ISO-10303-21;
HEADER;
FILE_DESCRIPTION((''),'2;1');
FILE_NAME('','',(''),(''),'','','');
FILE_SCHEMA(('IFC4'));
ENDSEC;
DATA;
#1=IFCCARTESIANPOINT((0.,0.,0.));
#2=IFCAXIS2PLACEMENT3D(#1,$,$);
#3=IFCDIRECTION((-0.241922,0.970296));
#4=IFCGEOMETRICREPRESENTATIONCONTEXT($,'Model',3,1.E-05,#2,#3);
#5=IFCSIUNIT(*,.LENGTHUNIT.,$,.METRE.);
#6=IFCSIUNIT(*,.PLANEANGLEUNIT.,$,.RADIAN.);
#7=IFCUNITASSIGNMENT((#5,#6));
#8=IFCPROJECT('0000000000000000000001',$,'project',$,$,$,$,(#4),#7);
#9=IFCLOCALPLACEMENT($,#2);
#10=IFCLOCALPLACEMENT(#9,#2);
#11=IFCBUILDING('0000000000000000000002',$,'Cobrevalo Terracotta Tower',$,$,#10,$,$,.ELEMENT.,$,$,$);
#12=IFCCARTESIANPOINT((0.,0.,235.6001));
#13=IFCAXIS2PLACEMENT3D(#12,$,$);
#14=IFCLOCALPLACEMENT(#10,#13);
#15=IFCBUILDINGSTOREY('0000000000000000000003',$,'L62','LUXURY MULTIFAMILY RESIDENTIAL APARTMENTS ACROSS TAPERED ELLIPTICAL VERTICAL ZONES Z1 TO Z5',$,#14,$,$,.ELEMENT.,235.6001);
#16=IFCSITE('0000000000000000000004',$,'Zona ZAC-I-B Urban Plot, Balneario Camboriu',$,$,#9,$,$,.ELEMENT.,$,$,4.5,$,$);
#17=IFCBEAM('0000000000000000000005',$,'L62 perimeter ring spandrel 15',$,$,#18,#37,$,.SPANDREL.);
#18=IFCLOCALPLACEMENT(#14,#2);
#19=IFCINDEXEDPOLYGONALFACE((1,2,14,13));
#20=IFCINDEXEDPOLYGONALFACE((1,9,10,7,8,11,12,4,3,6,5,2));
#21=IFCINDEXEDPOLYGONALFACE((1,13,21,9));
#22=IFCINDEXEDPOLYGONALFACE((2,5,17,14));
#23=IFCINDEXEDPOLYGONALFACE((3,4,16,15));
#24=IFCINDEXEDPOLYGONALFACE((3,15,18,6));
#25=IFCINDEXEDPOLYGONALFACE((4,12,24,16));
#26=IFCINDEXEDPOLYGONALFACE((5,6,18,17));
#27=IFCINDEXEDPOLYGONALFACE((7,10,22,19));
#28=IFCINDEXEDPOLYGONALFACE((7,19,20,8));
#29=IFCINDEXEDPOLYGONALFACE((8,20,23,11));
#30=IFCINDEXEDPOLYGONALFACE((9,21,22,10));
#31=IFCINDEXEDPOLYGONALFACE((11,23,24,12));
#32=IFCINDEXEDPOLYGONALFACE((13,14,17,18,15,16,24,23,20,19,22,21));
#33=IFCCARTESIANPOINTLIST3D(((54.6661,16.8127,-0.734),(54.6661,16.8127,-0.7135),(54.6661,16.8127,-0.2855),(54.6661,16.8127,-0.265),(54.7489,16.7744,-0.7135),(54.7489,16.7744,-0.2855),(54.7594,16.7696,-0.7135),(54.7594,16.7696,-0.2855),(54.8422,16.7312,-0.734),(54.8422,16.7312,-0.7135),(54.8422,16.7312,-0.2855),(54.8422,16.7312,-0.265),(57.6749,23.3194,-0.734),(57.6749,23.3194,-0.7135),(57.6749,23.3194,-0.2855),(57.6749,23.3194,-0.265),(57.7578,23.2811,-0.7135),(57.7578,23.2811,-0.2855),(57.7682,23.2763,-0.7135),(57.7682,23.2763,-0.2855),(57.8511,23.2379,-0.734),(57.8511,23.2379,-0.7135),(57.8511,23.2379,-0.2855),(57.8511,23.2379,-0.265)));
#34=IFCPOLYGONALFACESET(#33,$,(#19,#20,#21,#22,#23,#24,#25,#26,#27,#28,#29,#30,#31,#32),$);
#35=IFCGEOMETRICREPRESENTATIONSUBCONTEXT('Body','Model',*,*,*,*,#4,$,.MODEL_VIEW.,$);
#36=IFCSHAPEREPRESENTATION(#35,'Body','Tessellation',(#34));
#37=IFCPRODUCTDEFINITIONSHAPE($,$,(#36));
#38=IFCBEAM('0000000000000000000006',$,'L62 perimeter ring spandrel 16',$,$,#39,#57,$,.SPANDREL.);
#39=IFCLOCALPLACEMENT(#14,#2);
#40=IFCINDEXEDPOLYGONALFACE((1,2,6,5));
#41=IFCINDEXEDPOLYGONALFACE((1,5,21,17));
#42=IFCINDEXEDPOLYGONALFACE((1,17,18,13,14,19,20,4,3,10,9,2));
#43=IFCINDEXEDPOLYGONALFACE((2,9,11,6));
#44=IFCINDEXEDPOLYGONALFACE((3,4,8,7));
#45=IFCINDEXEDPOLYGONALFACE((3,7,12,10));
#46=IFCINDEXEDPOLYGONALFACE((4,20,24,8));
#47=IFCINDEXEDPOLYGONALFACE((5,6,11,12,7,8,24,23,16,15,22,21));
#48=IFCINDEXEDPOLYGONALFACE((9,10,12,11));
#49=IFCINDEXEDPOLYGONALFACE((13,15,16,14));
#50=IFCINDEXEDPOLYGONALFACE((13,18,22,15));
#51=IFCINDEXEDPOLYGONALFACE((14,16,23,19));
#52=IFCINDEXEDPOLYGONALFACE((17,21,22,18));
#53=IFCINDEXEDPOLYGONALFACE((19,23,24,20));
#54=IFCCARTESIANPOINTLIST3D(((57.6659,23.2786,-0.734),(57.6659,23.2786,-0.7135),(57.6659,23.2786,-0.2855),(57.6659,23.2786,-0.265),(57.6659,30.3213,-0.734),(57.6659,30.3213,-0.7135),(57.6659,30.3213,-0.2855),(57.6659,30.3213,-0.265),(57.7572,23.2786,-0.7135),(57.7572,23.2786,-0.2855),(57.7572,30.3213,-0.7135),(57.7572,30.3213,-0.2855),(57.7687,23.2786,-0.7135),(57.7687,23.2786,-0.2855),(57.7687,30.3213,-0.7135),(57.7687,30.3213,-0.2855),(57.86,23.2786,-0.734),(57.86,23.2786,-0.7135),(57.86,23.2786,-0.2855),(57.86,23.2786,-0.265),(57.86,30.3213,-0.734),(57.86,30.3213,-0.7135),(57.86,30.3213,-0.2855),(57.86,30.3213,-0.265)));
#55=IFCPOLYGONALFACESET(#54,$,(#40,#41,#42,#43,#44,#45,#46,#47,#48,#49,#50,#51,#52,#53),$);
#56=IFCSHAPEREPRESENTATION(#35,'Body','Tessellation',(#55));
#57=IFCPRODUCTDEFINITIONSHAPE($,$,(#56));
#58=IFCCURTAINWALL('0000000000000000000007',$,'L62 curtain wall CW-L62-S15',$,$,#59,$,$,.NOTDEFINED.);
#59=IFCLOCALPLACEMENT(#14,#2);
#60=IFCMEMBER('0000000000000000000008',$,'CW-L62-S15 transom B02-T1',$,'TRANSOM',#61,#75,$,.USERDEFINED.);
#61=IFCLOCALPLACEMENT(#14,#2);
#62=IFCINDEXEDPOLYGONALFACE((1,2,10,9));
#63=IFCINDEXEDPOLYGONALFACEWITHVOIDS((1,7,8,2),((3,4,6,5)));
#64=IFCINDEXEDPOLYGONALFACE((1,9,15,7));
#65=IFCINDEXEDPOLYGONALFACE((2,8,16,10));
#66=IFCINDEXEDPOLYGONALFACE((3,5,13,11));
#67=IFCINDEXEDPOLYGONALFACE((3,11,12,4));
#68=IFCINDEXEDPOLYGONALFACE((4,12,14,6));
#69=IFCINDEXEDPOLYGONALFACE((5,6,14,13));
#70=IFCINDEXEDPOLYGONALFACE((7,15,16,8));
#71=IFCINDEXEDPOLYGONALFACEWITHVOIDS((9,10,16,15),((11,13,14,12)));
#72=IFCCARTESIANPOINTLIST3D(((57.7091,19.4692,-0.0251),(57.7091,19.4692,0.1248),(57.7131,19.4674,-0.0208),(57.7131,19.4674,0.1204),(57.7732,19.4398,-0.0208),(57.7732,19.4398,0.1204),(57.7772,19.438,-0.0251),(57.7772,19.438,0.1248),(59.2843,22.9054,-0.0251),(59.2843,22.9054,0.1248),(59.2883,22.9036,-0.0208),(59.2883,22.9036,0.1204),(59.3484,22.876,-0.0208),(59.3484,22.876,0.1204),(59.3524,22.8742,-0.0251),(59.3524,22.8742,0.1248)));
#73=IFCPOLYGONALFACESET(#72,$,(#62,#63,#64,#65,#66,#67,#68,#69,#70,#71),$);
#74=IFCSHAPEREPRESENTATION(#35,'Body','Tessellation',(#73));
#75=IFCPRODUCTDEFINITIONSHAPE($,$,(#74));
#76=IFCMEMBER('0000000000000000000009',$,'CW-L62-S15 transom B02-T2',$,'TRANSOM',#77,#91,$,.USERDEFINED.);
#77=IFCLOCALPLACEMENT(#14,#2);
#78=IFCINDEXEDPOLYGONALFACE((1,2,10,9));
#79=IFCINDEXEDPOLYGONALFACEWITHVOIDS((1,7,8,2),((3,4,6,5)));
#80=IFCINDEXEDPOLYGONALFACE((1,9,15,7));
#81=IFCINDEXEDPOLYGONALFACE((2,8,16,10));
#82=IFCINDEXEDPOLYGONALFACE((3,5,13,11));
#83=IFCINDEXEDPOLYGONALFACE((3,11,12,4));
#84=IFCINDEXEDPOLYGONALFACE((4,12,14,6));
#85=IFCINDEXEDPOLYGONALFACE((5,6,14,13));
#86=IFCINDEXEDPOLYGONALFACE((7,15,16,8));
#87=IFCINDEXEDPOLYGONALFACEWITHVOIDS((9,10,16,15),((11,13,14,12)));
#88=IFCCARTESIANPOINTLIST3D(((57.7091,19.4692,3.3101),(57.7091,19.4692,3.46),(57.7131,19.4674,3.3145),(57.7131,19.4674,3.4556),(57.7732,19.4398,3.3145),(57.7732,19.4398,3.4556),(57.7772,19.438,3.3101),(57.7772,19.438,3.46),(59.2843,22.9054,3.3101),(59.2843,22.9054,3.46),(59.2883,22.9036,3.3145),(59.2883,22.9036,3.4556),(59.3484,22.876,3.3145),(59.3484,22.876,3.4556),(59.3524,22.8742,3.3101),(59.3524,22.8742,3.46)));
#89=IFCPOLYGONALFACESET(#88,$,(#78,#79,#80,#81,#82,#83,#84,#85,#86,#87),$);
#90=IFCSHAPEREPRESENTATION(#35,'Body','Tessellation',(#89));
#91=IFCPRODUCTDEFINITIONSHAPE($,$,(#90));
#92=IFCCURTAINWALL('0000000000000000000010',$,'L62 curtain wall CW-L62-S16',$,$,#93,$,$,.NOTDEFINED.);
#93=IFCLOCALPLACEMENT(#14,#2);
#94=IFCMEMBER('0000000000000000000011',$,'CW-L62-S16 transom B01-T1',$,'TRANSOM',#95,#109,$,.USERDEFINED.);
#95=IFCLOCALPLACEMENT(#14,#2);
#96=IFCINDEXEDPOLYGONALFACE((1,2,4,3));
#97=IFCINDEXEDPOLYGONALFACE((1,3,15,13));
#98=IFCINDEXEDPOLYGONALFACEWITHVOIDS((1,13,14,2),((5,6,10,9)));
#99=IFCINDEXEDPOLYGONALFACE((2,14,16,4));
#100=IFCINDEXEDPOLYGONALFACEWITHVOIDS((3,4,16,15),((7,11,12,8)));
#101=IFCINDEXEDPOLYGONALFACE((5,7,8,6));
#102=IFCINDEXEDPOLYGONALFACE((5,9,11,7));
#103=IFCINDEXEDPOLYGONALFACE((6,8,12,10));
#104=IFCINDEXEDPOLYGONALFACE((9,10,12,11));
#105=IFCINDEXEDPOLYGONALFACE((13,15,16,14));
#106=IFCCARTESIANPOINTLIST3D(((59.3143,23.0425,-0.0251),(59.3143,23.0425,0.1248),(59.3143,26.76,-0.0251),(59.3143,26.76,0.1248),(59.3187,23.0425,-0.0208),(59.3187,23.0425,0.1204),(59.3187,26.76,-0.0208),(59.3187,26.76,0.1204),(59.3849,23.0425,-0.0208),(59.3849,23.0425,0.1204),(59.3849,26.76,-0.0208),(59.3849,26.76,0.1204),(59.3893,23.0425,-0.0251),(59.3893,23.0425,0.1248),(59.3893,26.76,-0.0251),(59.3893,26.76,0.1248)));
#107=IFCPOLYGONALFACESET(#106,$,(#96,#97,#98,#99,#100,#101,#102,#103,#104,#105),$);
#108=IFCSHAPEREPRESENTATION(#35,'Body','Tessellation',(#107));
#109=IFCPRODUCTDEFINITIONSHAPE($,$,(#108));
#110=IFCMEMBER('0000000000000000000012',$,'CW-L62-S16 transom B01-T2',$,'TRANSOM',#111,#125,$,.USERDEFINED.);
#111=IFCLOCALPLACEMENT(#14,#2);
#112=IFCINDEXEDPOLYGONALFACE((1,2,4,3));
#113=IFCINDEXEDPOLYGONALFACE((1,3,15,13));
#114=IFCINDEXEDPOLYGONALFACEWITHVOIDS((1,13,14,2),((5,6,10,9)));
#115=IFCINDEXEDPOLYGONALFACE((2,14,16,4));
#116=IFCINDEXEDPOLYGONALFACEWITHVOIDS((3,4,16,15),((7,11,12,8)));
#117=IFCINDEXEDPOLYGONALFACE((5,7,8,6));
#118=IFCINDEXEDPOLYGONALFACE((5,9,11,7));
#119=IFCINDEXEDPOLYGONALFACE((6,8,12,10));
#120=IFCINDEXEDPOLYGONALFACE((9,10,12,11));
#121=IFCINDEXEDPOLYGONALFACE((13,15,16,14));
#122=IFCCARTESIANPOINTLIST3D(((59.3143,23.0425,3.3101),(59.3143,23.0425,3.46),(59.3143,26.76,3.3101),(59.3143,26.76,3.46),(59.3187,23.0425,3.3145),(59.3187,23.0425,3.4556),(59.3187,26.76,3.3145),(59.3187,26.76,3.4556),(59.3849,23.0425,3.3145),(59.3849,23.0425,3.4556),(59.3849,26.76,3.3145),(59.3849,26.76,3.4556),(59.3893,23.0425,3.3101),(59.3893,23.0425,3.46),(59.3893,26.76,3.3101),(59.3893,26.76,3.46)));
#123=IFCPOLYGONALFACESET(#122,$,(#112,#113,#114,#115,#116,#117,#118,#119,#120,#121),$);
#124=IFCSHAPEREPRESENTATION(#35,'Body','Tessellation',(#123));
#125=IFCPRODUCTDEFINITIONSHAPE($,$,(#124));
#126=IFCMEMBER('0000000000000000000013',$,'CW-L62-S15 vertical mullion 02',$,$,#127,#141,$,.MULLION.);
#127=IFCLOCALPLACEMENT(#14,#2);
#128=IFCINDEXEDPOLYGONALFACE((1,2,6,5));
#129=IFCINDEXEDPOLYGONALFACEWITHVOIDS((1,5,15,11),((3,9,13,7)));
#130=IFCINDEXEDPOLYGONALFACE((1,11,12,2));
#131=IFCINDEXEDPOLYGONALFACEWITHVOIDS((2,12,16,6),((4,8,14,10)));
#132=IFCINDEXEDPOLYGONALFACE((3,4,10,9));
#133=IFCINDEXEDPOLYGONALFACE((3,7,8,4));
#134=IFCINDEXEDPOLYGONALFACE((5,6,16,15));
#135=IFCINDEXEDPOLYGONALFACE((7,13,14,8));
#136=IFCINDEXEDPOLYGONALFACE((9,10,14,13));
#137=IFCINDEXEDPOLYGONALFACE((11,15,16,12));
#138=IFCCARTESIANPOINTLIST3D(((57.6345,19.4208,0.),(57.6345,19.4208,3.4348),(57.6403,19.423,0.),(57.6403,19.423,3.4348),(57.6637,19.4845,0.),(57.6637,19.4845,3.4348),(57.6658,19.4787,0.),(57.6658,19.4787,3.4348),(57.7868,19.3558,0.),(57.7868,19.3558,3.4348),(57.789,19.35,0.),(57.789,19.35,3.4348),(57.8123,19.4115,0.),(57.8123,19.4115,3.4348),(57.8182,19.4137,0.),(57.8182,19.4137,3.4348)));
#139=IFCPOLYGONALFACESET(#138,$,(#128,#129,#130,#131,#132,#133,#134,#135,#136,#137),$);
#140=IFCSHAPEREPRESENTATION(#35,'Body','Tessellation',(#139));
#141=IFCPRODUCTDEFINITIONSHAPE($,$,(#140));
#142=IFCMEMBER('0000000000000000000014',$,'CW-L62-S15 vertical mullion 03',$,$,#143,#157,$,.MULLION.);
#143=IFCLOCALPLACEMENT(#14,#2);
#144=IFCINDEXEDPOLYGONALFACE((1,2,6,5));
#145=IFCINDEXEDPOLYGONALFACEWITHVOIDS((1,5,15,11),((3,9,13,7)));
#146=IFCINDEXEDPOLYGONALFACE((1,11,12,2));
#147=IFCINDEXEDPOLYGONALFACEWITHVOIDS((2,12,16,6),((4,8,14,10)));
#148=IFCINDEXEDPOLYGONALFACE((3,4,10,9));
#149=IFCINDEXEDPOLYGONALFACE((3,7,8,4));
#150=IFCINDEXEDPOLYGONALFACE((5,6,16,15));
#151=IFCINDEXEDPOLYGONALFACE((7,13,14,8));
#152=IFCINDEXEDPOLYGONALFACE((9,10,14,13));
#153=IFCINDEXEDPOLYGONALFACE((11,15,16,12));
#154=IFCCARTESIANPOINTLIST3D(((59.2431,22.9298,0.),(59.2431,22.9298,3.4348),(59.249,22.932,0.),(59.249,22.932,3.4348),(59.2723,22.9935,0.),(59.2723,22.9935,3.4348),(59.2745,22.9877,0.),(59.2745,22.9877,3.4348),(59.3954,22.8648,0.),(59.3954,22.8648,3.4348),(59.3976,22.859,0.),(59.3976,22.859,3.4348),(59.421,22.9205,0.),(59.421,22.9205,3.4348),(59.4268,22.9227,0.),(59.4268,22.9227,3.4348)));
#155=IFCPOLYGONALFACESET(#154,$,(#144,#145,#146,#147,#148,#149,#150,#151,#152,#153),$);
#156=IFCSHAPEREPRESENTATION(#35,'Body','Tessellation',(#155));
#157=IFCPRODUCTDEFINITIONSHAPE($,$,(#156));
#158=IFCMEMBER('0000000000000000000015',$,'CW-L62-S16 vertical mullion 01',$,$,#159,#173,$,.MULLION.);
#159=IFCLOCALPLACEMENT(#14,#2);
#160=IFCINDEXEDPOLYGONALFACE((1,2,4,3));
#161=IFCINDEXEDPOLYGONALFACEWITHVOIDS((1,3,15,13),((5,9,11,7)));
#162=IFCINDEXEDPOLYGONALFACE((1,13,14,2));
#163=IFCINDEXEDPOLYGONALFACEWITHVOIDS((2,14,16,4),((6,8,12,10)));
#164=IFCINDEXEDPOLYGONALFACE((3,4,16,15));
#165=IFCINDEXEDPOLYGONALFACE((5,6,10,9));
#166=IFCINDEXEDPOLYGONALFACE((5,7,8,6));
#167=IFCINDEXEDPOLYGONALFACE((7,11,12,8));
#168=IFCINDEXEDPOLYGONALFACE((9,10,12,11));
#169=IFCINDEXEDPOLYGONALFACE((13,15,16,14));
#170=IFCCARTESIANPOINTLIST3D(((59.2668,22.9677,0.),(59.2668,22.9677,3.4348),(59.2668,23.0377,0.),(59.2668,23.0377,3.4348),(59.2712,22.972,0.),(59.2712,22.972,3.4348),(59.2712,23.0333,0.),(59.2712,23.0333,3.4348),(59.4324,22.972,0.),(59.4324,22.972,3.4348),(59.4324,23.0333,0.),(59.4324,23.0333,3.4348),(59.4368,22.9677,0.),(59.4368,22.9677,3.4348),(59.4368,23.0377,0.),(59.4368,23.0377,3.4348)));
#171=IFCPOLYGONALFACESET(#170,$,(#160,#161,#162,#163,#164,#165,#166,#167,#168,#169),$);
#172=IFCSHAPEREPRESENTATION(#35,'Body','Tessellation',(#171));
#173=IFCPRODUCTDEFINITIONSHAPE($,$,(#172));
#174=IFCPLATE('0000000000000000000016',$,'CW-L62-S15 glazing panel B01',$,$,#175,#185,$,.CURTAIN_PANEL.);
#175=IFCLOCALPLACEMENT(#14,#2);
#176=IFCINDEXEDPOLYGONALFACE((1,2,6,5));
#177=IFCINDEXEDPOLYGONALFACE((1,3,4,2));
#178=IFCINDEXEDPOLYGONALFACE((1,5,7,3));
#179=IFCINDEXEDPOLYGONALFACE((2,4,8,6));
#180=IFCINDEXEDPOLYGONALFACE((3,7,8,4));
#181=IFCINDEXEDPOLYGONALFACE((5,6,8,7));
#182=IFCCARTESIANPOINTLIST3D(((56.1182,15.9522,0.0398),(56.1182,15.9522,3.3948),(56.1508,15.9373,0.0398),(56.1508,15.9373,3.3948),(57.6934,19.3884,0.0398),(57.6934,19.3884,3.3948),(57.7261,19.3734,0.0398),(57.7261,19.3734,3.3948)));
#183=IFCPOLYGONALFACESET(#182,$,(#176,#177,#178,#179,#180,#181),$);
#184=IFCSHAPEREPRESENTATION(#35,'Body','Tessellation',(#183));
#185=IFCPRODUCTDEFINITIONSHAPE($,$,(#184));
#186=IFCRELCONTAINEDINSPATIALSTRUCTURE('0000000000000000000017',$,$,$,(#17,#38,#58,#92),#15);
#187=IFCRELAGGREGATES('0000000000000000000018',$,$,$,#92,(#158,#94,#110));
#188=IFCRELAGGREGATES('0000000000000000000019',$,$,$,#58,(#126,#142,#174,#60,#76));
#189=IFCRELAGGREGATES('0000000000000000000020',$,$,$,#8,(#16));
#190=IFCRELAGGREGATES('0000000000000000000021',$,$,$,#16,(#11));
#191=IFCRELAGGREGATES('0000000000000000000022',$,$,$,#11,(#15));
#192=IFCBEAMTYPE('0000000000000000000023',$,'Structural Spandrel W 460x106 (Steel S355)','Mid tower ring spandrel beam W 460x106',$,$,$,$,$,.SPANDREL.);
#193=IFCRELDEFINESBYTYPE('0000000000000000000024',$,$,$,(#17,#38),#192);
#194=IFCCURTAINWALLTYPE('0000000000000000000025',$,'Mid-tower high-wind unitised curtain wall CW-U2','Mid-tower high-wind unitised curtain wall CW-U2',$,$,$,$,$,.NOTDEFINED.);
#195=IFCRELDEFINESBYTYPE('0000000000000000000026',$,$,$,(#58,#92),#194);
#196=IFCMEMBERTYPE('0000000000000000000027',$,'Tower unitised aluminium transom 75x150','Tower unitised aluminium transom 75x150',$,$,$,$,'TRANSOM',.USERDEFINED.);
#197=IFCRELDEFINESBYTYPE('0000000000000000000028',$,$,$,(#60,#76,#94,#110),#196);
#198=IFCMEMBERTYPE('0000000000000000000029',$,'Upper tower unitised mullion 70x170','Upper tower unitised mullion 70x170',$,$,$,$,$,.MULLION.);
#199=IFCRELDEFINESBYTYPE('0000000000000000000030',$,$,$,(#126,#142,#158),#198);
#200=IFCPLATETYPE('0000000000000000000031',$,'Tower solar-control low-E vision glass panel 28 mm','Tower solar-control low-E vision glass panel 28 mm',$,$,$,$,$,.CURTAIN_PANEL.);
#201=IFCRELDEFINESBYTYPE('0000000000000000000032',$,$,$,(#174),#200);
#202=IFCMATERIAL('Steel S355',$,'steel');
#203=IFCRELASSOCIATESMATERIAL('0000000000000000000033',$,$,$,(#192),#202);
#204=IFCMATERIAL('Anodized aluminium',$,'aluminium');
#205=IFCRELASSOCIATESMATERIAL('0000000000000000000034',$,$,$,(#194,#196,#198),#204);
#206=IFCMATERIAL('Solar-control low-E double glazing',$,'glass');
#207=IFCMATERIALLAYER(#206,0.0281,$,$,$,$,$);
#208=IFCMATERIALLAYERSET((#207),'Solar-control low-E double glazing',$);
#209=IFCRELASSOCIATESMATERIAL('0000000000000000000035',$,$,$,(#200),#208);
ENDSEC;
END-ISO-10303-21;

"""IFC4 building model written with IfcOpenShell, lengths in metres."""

from ifc_helpers import new_model, si_unit, direction, frame, origin, origin_2d, place, context, subcontext, project, spatial, rectangle, hollow_rectangle, i_section, extrude, source, transform, mapped, material, layer, layer_set, material_profile, profile_set, type_object, element, aggregate, save


model = new_model("IFC4")

# Units and contexts
model_context = context("Model", 3, precision=1e-05, world=origin(), true_north=direction((-0.241922, 0.970296)))
body_context = subcontext(model_context, "Body", "Model", "MODEL_VIEW")
ifc_project = project(units=[si_unit("LENGTHUNIT", "METRE"), si_unit("PLANEANGLEUNIT", "RADIAN")], contexts=[model_context])

# Site, building, storey
site_placement = place(None, origin())
site = spatial("IfcSite", under=ifc_project, at=site_placement, Name="Zona ZAC-I-B Urban Plot, Balneario Camboriu", CompositionType="ELEMENT", RefElevation=4.5)
building_placement = place(site_placement, origin())
building = spatial("IfcBuilding", under=site, at=building_placement, Name="Cobrevalo Terracotta Tower", CompositionType="ELEMENT")
storey_placement = place(building_placement, frame((0.0, 0.0, 235.6001)))
storey = spatial("IfcBuildingStorey", under=building, at=storey_placement, Name="L62", Description="LUXURY MULTIFAMILY RESIDENTIAL APARTMENTS ACROSS TAPERED ELLIPTICAL VERTICAL ZONES Z1 TO Z5", CompositionType="ELEMENT", Elevation=235.6001)

# Shared definitions
ifc_material_1 = material(Name="Steel S355", Category="steel")

# Beams
ifc_material_profile_1 = material_profile(ifc_material_1, i_section(OverallWidth=0.1941, OverallDepth=0.469, WebThickness=0.0115, FlangeThickness=0.0205, at=origin_2d()), Name="W 460x106")
ifc_profile_set_1 = profile_set([ifc_material_profile_1], Name="Steel S355")
beam_type_1 = type_object("IfcBeamType", Name="Structural Spandrel W 460x106 (Steel S355)", Description="Mid tower ring spandrel beam W 460x106", PredefinedType="SPANDREL", material=ifc_profile_set_1)
beam_1_placement = place(storey_placement, frame((54.7542, 16.772, -0.4995), z_axis=(0.419719, 0.907654, 0.0), x_axis=(-0.907654, 0.419719, 0.0)))
element("IfcBeam", 1, at=beam_1_placement, inside=storey, type_object=beam_type_1, Name="L62 perimeter ring spandrel 15", PredefinedType="SPANDREL", context=body_context, shape_type="SweptSolid", body=[
    extrude(i_section(OverallWidth=0.1941, OverallDepth=0.469, WebThickness=0.0115, FlangeThickness=0.0205, at=origin_2d()), origin(), (0.0, 0.0, 1.0), 7.1687),
])
beam_2_placement = place(storey_placement, frame((57.7629, 23.2786, -0.4995), z_axis=(0.0, 1.0, 0.0), x_axis=(-1.0, 0.0, 0.0)))
element("IfcBeam", 2, at=beam_2_placement, inside=storey, type_object=beam_type_1, Name="L62 perimeter ring spandrel 16", PredefinedType="SPANDREL", context=body_context, shape_type="SweptSolid", body=[
    extrude(i_section(OverallWidth=0.1941, OverallDepth=0.469, WebThickness=0.0115, FlangeThickness=0.0205, at=origin_2d()), origin(), (0.0, 0.0, 1.0), 7.0427),
])

# Curtain walls, members
ifc_material_2 = material(Name="Anodized aluminium", Category="aluminium")
curtain_wall_type = type_object("IfcCurtainWallType", Name="Mid-tower high-wind unitised curtain wall CW-U2", Description="Mid-tower high-wind unitised curtain wall CW-U2", PredefinedType="NOTDEFINED", material=ifc_material_2)
curtain_wall_1_placement = place(storey_placement, origin())
curtain_wall_1 = element("IfcCurtainWall", 3, at=curtain_wall_1_placement, inside=storey, type_object=curtain_wall_type, Name="L62 curtain wall CW-L62-S15", PredefinedType="NOTDEFINED")
ifc_material_profile_2 = material_profile(ifc_material_2, hollow_rectangle(XDim=0.075, YDim=0.1499, WallThickness=0.0044, at=origin_2d()), Name="CWT 75x150")
ifc_profile_set_2 = profile_set([ifc_material_profile_2], Name="Anodized aluminium")
member_type_1 = type_object("IfcMemberType", Name="Tower unitised aluminium transom 75x150", Description="Tower unitised aluminium transom 75x150", ElementType="TRANSOM", PredefinedType="USERDEFINED", material=ifc_profile_set_2)
shared_shape_1 = source(origin(), body_context, "Body", "SweptSolid", [
    extrude(hollow_rectangle(XDim=0.075, YDim=0.1499, WallThickness=0.0044, at=origin_2d()), origin(), (0.0, 0.0, 1.0), 3.78),
])
member_1_placement = place(storey_placement, frame((57.7432, 19.4536, 0.0498), z_axis=(0.416706, 0.909041, 0.0), x_axis=(-0.909041, 0.416706, 0.0)))
member_1 = element("IfcMember", 4, at=member_1_placement, type_object=member_type_1, Name="CW-L62-S15 transom B02-T1", ObjectType="TRANSOM", PredefinedType="USERDEFINED", context=body_context, shape_type="MappedRepresentation", body=[
    mapped(shared_shape_1, transform((0.0, 0.0, 0.0), scale=1.0)),
])
member_2_placement = place(storey_placement, frame((57.7432, 19.4536, 3.385), z_axis=(0.416706, 0.909041, 0.0), x_axis=(-0.909041, 0.416706, 0.0)))
member_2 = element("IfcMember", 5, at=member_2_placement, type_object=member_type_1, Name="CW-L62-S15 transom B02-T2", ObjectType="TRANSOM", PredefinedType="USERDEFINED", context=body_context, shape_type="MappedRepresentation", body=[
    mapped(shared_shape_1, transform((0.0, 0.0, 0.0), scale=1.0)),
])
curtain_wall_2_placement = place(storey_placement, origin())
curtain_wall_2 = element("IfcCurtainWall", 6, at=curtain_wall_2_placement, inside=storey, type_object=curtain_wall_type, Name="L62 curtain wall CW-L62-S16", PredefinedType="NOTDEFINED")
shared_shape_2 = source(origin(), body_context, "Body", "SweptSolid", [
    extrude(hollow_rectangle(XDim=0.075, YDim=0.1499, WallThickness=0.0044, at=origin_2d()), origin(), (0.0, 0.0, 1.0), 3.7175),
])
member_3_placement = place(storey_placement, frame((59.3518, 23.0425, 0.0498), z_axis=(0.0, 1.0, 0.0), x_axis=(-1.0, 0.0, 0.0)))
member_3 = element("IfcMember", 7, at=member_3_placement, type_object=member_type_1, Name="CW-L62-S16 transom B01-T1", ObjectType="TRANSOM", PredefinedType="USERDEFINED", context=body_context, shape_type="MappedRepresentation", body=[
    mapped(shared_shape_2, transform((0.0, 0.0, 0.0), scale=1.0)),
])
member_4_placement = place(storey_placement, frame((59.3518, 23.0425, 3.385), z_axis=(0.0, 1.0, 0.0), x_axis=(-1.0, 0.0, 0.0)))
member_4 = element("IfcMember", 8, at=member_4_placement, type_object=member_type_1, Name="CW-L62-S16 transom B01-T2", ObjectType="TRANSOM", PredefinedType="USERDEFINED", context=body_context, shape_type="MappedRepresentation", body=[
    mapped(shared_shape_2, transform((0.0, 0.0, 0.0), scale=1.0)),
])

# Members
ifc_material_profile_3 = material_profile(ifc_material_2, hollow_rectangle(XDim=0.0701, YDim=0.1699, WallThickness=0.0044, at=origin_2d()), Name="CWM 70x170")
ifc_profile_set_3 = profile_set([ifc_material_profile_3], Name="Anodized aluminium")
member_type_2 = type_object("IfcMemberType", Name="Upper tower unitised mullion 70x170", Description="Upper tower unitised mullion 70x170", PredefinedType="MULLION", material=ifc_profile_set_3)
shared_shape_3 = source(origin(), body_context, "Body", "SweptSolid", [
    extrude(hollow_rectangle(XDim=0.0701, YDim=0.1699, WallThickness=0.0044, at=origin_2d()), origin(), (0.0, 0.0, 1.0), 3.4348),
])
member_5_placement = place(storey_placement, frame((57.7263, 19.4172, 0.0), z_axis=(0.0, 0.0, 1.0), x_axis=(0.416725, 0.909033, 0.0)))
member_5 = element("IfcMember", 9, at=member_5_placement, type_object=member_type_2, Name="CW-L62-S15 vertical mullion 02", PredefinedType="MULLION", context=body_context, shape_type="MappedRepresentation", body=[
    mapped(shared_shape_3, transform((0.0, 0.0, 0.0), scale=1.0)),
])
member_6_placement = place(storey_placement, frame((59.335, 22.9263, 0.0), z_axis=(0.0, 0.0, 1.0), x_axis=(0.416725, 0.909033, 0.0)))
member_6 = element("IfcMember", 10, at=member_6_placement, type_object=member_type_2, Name="CW-L62-S15 vertical mullion 03", PredefinedType="MULLION", context=body_context, shape_type="MappedRepresentation", body=[
    mapped(shared_shape_3, transform((0.0, 0.0, 0.0), scale=1.0)),
])
member_7_placement = place(storey_placement, frame((59.3518, 23.0027, 0.0), z_axis=(0.0, 0.0, 1.0), x_axis=(0.0, 1.0, 0.0)))
member_7 = element("IfcMember", 11, at=member_7_placement, type_object=member_type_2, Name="CW-L62-S16 vertical mullion 01", PredefinedType="MULLION", context=body_context, shape_type="MappedRepresentation", body=[
    mapped(shared_shape_3, transform((0.0, 0.0, 0.0), scale=1.0)),
])
aggregate(curtain_wall_2, [member_7, member_3, member_4])

# Plate
ifc_material_3 = material(Name="Solar-control low-E double glazing", Category="glass")
ifc_layer_1 = layer(ifc_material_3, 0.0281)
ifc_layer_set_1 = layer_set([ifc_layer_1], Name="Solar-control low-E double glazing")
plate_type = type_object("IfcPlateType", Name="Tower solar-control low-E vision glass panel 28 mm", Description="Tower solar-control low-E vision glass panel 28 mm", PredefinedType="CURTAIN_PANEL", material=ifc_layer_set_1)
shared_shape_4 = source(origin(), body_context, "Body", "SweptSolid", [
    extrude(rectangle(XDim=3.78, YDim=0.0359, at=origin_2d()), origin(), (0.0, 0.0, 1.0), 3.355),
])
plate_1_placement = place(storey_placement, frame((56.9221, 17.6628, 0.0398), z_axis=(0.0, 0.0, 1.0), x_axis=(0.416731, 0.90903, 0.0)))
plate_1 = element("IfcPlate", 12, at=plate_1_placement, type_object=plate_type, Name="CW-L62-S15 glazing panel B01", PredefinedType="CURTAIN_PANEL", context=body_context, shape_type="MappedRepresentation", body=[
    mapped(shared_shape_4, transform((0.0, 0.0, 0.0), scale=1.0)),
])
aggregate(curtain_wall_1, [member_5, member_6, plate_1, member_1, member_2])

save(model, "model.ifc")
